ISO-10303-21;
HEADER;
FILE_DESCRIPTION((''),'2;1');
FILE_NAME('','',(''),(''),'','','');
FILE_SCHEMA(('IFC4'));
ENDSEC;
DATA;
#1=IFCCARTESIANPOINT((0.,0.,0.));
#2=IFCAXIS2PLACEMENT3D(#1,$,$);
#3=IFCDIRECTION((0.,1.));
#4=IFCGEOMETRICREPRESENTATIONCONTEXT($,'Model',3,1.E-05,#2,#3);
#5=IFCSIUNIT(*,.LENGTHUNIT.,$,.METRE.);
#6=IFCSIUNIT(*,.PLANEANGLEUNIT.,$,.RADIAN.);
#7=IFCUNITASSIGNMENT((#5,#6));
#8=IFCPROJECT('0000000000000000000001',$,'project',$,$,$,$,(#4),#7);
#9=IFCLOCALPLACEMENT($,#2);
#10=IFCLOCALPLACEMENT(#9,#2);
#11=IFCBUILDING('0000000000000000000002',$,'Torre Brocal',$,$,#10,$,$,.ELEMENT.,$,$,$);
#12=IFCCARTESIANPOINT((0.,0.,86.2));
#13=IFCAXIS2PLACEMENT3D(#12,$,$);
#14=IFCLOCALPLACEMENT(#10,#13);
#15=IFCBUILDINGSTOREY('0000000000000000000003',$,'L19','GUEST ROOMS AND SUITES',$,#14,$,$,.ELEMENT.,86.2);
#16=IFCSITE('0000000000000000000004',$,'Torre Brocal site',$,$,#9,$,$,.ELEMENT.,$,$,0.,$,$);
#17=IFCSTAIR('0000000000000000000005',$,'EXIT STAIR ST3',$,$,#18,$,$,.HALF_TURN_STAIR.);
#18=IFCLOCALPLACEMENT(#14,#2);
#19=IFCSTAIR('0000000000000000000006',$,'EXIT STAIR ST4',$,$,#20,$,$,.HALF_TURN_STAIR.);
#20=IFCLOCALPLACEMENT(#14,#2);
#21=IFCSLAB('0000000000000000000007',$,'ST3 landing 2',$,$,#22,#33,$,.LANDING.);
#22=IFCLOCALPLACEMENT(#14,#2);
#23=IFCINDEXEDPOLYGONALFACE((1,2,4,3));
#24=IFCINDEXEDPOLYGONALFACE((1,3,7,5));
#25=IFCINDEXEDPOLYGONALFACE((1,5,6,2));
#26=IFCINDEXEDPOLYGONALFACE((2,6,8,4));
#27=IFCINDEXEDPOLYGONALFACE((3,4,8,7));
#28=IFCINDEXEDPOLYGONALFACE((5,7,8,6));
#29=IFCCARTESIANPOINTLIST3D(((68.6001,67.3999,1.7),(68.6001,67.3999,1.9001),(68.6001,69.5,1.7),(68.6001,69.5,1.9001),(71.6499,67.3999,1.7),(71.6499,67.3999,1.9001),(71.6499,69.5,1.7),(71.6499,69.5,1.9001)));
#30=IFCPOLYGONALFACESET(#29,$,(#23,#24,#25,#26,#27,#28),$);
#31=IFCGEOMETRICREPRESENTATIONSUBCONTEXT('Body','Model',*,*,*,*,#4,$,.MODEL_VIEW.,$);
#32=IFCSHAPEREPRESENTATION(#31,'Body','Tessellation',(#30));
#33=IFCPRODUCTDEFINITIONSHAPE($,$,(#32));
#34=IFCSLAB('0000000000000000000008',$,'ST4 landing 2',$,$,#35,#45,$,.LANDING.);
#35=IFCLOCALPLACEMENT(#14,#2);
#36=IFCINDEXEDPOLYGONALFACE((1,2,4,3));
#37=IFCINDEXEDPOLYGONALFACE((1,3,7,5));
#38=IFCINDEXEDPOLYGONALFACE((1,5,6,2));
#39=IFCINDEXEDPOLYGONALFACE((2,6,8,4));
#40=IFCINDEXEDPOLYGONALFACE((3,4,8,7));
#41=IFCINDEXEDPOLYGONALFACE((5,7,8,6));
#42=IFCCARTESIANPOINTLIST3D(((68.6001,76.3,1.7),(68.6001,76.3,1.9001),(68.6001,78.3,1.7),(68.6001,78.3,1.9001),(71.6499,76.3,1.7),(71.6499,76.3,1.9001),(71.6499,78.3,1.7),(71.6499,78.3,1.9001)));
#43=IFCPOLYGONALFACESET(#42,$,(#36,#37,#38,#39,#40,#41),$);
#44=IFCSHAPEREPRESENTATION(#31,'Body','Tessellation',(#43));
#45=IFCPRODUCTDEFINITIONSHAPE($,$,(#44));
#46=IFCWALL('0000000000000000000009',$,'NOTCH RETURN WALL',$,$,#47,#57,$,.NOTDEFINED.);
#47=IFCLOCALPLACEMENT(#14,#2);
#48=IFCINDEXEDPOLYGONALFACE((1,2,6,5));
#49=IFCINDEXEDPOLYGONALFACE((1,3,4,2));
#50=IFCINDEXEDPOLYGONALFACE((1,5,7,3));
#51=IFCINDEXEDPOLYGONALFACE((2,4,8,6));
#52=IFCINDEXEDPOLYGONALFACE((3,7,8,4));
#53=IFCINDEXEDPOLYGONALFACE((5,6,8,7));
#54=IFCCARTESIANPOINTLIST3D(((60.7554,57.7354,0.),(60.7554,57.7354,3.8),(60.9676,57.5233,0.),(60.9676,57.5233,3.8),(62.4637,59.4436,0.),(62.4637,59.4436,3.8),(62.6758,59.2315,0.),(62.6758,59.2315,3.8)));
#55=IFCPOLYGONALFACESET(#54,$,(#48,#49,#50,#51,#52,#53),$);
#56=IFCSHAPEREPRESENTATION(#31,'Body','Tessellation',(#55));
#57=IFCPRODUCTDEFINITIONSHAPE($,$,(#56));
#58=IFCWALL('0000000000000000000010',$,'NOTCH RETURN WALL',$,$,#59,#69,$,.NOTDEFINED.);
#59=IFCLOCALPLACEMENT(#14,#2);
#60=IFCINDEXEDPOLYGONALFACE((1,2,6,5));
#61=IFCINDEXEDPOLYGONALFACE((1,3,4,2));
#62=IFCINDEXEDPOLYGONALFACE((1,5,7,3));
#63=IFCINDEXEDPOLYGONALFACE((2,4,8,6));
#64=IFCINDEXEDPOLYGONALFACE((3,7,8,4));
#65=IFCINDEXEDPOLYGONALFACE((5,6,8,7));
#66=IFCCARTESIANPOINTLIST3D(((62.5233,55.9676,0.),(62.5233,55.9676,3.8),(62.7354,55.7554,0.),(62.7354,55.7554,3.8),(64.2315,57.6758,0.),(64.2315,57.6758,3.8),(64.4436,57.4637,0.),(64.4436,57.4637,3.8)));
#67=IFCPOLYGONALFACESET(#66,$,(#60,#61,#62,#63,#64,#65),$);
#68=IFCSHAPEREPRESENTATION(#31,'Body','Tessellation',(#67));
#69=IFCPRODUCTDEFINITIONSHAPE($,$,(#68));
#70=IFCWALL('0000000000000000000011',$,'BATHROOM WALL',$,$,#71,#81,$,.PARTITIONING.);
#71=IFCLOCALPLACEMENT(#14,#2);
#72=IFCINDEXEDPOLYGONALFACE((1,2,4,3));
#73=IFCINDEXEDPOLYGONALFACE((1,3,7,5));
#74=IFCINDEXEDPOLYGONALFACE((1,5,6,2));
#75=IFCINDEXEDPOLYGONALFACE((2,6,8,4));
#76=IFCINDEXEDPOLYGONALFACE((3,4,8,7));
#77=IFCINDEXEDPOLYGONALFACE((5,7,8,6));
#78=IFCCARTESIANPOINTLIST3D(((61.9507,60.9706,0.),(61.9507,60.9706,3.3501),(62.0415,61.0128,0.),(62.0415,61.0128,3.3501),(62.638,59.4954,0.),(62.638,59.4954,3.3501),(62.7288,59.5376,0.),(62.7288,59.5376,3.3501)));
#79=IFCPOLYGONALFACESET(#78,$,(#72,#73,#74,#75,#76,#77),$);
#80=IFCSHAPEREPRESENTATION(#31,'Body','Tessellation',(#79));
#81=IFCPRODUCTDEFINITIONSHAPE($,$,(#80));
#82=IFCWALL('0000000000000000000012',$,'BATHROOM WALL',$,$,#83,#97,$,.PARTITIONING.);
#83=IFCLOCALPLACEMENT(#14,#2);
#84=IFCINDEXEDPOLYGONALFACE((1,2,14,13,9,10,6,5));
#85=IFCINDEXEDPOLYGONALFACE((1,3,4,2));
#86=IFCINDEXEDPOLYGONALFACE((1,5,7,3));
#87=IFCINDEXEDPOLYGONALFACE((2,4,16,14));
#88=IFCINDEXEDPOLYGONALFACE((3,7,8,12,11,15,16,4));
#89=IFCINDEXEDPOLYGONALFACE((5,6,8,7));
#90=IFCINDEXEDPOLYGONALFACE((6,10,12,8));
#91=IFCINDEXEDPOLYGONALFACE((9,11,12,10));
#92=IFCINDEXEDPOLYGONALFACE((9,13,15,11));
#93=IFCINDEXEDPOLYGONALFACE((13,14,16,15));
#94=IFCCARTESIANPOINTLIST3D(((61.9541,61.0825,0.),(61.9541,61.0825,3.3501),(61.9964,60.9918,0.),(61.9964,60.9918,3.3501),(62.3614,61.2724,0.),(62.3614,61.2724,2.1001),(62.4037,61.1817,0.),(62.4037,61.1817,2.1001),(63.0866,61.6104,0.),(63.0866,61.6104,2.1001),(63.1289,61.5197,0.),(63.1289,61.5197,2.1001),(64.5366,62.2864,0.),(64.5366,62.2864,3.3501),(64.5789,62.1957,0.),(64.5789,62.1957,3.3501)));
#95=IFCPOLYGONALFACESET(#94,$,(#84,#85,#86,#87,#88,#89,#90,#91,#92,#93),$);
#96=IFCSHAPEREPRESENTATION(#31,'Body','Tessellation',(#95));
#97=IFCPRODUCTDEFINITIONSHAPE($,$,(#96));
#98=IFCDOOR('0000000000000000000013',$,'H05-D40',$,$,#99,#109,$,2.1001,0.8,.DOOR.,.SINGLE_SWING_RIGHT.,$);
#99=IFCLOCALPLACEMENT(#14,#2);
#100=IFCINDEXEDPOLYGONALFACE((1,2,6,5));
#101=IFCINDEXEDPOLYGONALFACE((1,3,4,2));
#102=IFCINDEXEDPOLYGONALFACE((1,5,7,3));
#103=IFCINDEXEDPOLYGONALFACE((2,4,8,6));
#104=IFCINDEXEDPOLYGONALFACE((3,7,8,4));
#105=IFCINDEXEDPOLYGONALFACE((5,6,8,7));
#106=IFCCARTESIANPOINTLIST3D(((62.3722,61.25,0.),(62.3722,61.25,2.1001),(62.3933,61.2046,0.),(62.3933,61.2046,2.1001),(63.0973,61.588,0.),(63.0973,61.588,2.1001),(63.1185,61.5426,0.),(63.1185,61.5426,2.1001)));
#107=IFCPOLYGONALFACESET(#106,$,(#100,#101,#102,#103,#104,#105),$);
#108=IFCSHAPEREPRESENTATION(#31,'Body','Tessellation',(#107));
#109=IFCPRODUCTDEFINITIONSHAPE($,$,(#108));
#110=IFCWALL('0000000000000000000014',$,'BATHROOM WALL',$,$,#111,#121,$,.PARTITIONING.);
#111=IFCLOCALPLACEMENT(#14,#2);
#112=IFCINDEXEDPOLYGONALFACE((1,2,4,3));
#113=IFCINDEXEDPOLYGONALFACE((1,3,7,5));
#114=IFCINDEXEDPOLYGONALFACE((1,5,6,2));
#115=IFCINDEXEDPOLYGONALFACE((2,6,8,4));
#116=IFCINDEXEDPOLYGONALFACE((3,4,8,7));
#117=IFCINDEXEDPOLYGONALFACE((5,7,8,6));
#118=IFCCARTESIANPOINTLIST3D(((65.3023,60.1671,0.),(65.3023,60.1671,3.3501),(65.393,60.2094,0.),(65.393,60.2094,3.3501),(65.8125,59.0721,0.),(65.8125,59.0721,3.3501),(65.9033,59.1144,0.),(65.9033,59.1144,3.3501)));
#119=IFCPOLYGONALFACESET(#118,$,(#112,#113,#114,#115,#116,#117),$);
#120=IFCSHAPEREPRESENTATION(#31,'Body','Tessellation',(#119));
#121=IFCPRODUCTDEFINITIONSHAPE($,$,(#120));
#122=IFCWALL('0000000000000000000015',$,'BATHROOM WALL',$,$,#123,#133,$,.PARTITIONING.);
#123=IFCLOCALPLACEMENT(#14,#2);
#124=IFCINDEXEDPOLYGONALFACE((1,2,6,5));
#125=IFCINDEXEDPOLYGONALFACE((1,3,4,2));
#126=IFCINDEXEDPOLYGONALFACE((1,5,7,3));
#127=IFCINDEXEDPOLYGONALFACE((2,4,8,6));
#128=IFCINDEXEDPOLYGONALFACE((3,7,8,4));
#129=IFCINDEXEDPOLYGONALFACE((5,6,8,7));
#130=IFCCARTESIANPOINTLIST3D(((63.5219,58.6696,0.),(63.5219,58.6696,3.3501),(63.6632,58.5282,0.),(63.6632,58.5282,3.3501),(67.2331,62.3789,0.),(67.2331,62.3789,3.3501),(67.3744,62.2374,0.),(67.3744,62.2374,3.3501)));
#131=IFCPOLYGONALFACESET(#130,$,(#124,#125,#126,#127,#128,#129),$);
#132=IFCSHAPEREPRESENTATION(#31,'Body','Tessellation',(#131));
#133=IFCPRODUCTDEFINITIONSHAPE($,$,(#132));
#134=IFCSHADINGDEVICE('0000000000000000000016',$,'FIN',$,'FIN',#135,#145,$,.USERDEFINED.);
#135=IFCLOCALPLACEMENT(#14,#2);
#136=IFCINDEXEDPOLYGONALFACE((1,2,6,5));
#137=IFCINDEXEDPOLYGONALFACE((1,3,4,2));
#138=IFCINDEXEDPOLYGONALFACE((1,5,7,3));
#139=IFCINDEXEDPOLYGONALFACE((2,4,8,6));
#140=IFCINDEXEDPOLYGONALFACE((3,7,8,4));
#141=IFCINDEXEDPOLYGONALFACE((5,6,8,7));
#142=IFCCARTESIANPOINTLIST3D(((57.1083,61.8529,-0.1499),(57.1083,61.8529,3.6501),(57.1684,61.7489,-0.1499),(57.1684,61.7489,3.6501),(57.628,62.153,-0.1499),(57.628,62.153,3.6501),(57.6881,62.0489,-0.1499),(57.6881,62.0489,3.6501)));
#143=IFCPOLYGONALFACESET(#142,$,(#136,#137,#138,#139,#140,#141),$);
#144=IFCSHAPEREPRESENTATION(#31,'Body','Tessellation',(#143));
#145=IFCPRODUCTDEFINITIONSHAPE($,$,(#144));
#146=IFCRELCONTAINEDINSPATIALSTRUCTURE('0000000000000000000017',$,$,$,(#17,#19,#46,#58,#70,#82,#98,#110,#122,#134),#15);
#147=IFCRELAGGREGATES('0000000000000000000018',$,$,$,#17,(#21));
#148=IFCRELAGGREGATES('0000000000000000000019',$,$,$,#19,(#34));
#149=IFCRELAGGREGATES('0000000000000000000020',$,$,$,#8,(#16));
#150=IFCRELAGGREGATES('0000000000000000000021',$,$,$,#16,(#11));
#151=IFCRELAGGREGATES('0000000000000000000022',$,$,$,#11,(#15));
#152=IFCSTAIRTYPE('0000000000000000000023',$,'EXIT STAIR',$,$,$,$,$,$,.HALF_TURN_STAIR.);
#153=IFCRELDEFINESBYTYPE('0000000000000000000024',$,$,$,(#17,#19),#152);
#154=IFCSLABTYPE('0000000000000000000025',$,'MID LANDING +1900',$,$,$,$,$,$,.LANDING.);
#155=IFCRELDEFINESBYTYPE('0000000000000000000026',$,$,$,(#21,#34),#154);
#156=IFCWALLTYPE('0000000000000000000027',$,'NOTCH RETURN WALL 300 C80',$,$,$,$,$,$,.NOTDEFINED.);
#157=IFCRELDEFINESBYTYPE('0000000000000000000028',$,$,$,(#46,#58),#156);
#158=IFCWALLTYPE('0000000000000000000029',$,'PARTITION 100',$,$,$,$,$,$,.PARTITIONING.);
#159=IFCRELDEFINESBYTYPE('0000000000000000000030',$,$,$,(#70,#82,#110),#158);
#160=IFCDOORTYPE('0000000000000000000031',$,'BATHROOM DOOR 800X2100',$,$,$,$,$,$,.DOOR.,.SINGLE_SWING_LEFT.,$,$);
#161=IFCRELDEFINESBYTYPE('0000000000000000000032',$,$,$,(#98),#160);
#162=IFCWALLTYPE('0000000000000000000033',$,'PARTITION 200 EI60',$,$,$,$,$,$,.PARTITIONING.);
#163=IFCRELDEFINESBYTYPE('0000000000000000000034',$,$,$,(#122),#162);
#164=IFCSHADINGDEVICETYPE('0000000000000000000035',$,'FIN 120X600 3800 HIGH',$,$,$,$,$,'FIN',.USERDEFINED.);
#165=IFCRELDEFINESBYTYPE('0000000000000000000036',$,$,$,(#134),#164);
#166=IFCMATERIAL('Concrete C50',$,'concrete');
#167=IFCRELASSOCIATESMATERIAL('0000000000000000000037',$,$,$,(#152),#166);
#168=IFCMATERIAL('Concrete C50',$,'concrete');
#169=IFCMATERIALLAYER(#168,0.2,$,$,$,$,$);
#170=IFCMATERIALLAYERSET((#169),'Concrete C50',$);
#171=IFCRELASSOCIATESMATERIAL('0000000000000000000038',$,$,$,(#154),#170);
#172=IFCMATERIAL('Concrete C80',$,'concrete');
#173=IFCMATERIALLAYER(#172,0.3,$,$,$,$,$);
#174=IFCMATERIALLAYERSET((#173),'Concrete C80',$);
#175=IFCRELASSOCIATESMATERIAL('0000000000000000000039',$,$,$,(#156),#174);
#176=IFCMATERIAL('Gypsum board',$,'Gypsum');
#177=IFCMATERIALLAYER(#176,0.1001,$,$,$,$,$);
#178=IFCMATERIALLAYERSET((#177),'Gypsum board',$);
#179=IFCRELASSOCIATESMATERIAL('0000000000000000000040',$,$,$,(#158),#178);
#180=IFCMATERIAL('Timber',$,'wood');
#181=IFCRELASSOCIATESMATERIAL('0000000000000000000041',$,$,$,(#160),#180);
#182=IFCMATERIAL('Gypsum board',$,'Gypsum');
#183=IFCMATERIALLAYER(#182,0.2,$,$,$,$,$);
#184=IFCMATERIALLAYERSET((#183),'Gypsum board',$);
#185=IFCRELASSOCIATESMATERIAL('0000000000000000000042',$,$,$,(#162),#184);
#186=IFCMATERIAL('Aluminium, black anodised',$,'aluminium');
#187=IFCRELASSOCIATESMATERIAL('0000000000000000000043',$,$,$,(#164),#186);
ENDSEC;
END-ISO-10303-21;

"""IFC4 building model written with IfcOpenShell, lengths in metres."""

from ifc_helpers import new_model, si_unit, direction, frame, frame_2d, origin, origin_2d, place, context, subcontext, project, spatial, polyline, rectangle, outline, extrude, material, layer, layer_set, material_profile, profile_set, type_object, element, fill, aggregate, save


model = new_model("IFC4")

# Units and contexts
model_context = context("Model", 3, precision=1e-05, world=origin(), true_north=direction((0.0, 1.0)))
body_context = subcontext(model_context, "Body", "Model", "MODEL_VIEW")
ifc_project = project(units=[si_unit("LENGTHUNIT", "METRE"), si_unit("PLANEANGLEUNIT", "RADIAN")], contexts=[model_context])

# Site, building, storey
site_placement = place(None, origin())
site = spatial("IfcSite", under=ifc_project, at=site_placement, Name="Torre Brocal site", CompositionType="ELEMENT", RefElevation=0.0)
building_placement = place(site_placement, origin())
building = spatial("IfcBuilding", under=site, at=building_placement, Name="Torre Brocal", CompositionType="ELEMENT")
storey_placement = place(building_placement, frame((0.0, 0.0, 86.2)))
storey = spatial("IfcBuildingStorey", under=building, at=storey_placement, Name="L19", Description="GUEST ROOMS AND SUITES", CompositionType="ELEMENT", Elevation=86.2)

# Stairs
ifc_material_1 = material(Name="Concrete C50", Category="concrete")
stair_type = type_object("IfcStairType", Name="EXIT STAIR", PredefinedType="HALF_TURN_STAIR", material=ifc_material_1)
stair_1_placement = place(storey_placement, origin())
stair_1 = element("IfcStair", 1, at=stair_1_placement, inside=storey, type_object=stair_type, Name="EXIT STAIR ST3", PredefinedType="HALF_TURN_STAIR")
stair_2_placement = place(storey_placement, origin())
stair_2 = element("IfcStair", 2, at=stair_2_placement, inside=storey, type_object=stair_type, Name="EXIT STAIR ST4", PredefinedType="HALF_TURN_STAIR")

# Slabs
ifc_material_2 = material(Name="Concrete C50", Category="concrete")
ifc_layer_1 = layer(ifc_material_2, 0.2)
ifc_layer_set_1 = layer_set([ifc_layer_1], Name="Concrete C50")
slab_type_1 = type_object("IfcSlabType", Name="MID LANDING +1900", PredefinedType="LANDING", material=ifc_layer_set_1)
slab_1_placement = place(storey_placement, frame((0.0, 0.0, 1.7)))
slab_1 = element("IfcSlab", 3, at=slab_1_placement, type_object=slab_type_1, Name="ST3 landing 2", PredefinedType="LANDING", context=body_context, shape_type="SweptSolid", body=[
    extrude(outline(polyline([(71.6499, 69.5), (68.6001, 69.5), (68.6001, 67.3999), (71.6499, 67.3999), (71.6499, 69.5)])), origin(), (0.0, 0.0, 1.0), 0.2002),
])
aggregate(stair_1, [slab_1])
slab_2_placement = place(storey_placement, frame((0.0, 0.0, 1.7)))
slab_2 = element("IfcSlab", 4, at=slab_2_placement, type_object=slab_type_1, Name="ST4 landing 2", PredefinedType="LANDING", context=body_context, shape_type="SweptSolid", body=[
    extrude(outline(polyline([(71.6499, 78.3), (68.6001, 78.3), (68.6001, 76.3), (71.6499, 76.3), (71.6499, 78.3)])), origin(), (0.0, 0.0, 1.0), 0.2002),
])
aggregate(stair_2, [slab_2])

# Walls
ifc_material_3 = material(Name="Concrete C80", Category="concrete")
ifc_layer_2 = layer(ifc_material_3, 0.3)
ifc_layer_set_2 = layer_set([ifc_layer_2], Name="Concrete C80")
wall_type_1 = type_object("IfcWallType", Name="NOTCH RETURN WALL 300 C80", PredefinedType="NOTDEFINED", material=ifc_layer_set_2)
for number, where, z_axis, x_axis, name in (
    (5, (62.5698, 59.3376, 0.0), (0.0, 0.0, 1.0), (-0.707107, -0.707107, 0.0), "NOTCH RETURN WALL"),
    (6, (64.3376, 57.5698, 0.0), (0.0, 0.0, 1.0), (-0.707107, -0.707107, 0.0), "NOTCH RETURN WALL"),
):
    element("IfcWall", number, at=place(storey_placement, frame(where, z_axis=z_axis, x_axis=x_axis)), inside=storey, type_object=wall_type_1, Name=name, PredefinedType="NOTDEFINED", context=body_context, shape_type="SweptSolid", body=[
        extrude(rectangle(XDim=2.4158, YDim=0.3, at=frame_2d((1.208, 0.0))), origin(), (0.0, 0.0, 1.0), 3.8),
    ])
ifc_material_4 = material(Name="Gypsum board", Category="Gypsum")
ifc_layer_3 = layer(ifc_material_4, 0.1001)
ifc_layer_set_3 = layer_set([ifc_layer_3], Name="Gypsum board")
wall_type_2 = type_object("IfcWallType", Name="PARTITION 100", PredefinedType="PARTITIONING", material=ifc_layer_set_3)
wall_1_placement = place(storey_placement, frame((61.9961, 60.9917, 0.0), z_axis=(0.0, 0.0, 1.0), x_axis=(0.422319, -0.906447, 0.0)))
element("IfcWall", 7, at=wall_1_placement, inside=storey, type_object=wall_type_2, Name="BATHROOM WALL", PredefinedType="PARTITIONING", context=body_context, shape_type="SweptSolid", body=[
    extrude(rectangle(XDim=1.6274, YDim=0.1001, at=frame_2d((0.8137, 0.0))), origin(), (0.0, 0.0, 1.0), 3.3501),
])

# Wall, opening, door
wall_2_placement = place(storey_placement, frame((61.9751, 61.0371, 0.0), z_axis=(0.0, 0.0, 1.0), x_axis=(0.90636, 0.422505, 0.0)))
wall_2 = element("IfcWall", 8, at=wall_2_placement, inside=storey, type_object=wall_type_2, Name="BATHROOM WALL", PredefinedType="PARTITIONING", context=body_context, shape_type="SweptSolid", body=[
    extrude(rectangle(XDim=2.8494, YDim=0.1001, at=frame_2d((1.4248, 0.0))), origin(), (0.0, 0.0, 1.0), 3.3501),
])
opening_placement = place(wall_2_placement, frame((0.4497, 0.0, 0.0)))
opening = element("IfcOpeningElement", 9, at=opening_placement, cuts=wall_2, PredefinedType="OPENING", context=body_context, shape_type="SweptSolid", body=[
    extrude(rectangle(XDim=0.8, YDim=2.1001, at=frame_2d((0.3999, 1.05))), frame((0.0, 0.0601, 0.0), z_axis=(0.0, -1.0, 0.0), x_axis=(1.0, 0.0, 0.0)), (0.0, 0.0, 1.0), 0.1201),
])
ifc_material_5 = material(Name="Timber", Category="wood")
door_type = type_object("IfcDoorType", Name="BATHROOM DOOR 800X2100", OperationType="SINGLE_SWING_LEFT", PredefinedType="DOOR", material=ifc_material_5)
door_placement = place(opening_placement, frame((0.8, 0.0, 0.0), z_axis=(0.0, 0.0, 1.0), x_axis=(-1.0, 0.0, 0.0)))
door = element("IfcDoor", 10, at=door_placement, inside=storey, type_object=door_type, Name="H05-D40", OperationType="SINGLE_SWING_RIGHT", OverallHeight=2.1001, OverallWidth=0.8, PredefinedType="DOOR", context=body_context, shape_type="SweptSolid", body=[
    extrude(rectangle(XDim=0.8, YDim=2.1001, at=frame_2d((0.3999, 1.05))), frame((0.0, 0.0249, 0.0), z_axis=(0.0, -1.0, 0.0), x_axis=(1.0, 0.0, 0.0)), (0.0, 0.0, 1.0), 0.05),
])
fill(opening, door)

# Walls
wall_3_placement = place(storey_placement, frame((65.3477, 60.1882, 0.0), z_axis=(0.0, 0.0, 1.0), x_axis=(0.422388, -0.906415, 0.0)))
element("IfcWall", 11, at=wall_3_placement, inside=storey, type_object=wall_type_2, Name="BATHROOM WALL", PredefinedType="PARTITIONING", context=body_context, shape_type="SweptSolid", body=[
    extrude(rectangle(XDim=1.208, YDim=0.1001, at=frame_2d((0.604, 0.0))), origin(), (0.0, 0.0, 1.0), 3.3501),
])
ifc_material_6 = material(Name="Gypsum board", Category="Gypsum")
ifc_layer_4 = layer(ifc_material_6, 0.2)
ifc_layer_set_4 = layer_set([ifc_layer_4], Name="Gypsum board")
wall_type_3 = type_object("IfcWallType", Name="PARTITION 200 EI60", PredefinedType="PARTITIONING", material=ifc_layer_set_4)
wall_4_placement = place(storey_placement, frame((63.5925, 58.5989, 0.0), z_axis=(0.0, 0.0, 1.0), x_axis=(0.707293, 0.706921, 0.0)))
element("IfcWall", 12, at=wall_4_placement, inside=storey, type_object=wall_type_3, Name="BATHROOM WALL", PredefinedType="PARTITIONING", context=body_context, shape_type="SweptSolid", body=[
    extrude(rectangle(XDim=5.2471, YDim=0.2, at=frame_2d((2.6235, 0.0))), origin(), (0.0, 0.0, 1.0), 3.3501),
])

# Shading device
ifc_material_7 = material(Name="Aluminium, black anodised", Category="aluminium")
ifc_material_profile_1 = material_profile(ifc_material_7, rectangle(XDim=0.1201, YDim=0.6001, at=origin_2d()), Name="FIN 120X600 3800 HIGH")
ifc_profile_set_1 = profile_set([ifc_material_profile_1], Name="Aluminium, black anodised")
shading_device_type = type_object("IfcShadingDeviceType", Name="FIN 120X600 3800 HIGH", ElementType="FIN", PredefinedType="USERDEFINED", material=ifc_profile_set_1)
shading_device_placement = place(storey_placement, frame((57.3982, 61.9509, -0.1499), z_axis=(0.0, 0.0, 1.0), x_axis=(0.5, -0.866025, 0.0)))
element("IfcShadingDevice", 13, at=shading_device_placement, inside=storey, type_object=shading_device_type, Name="FIN", ObjectType="FIN", PredefinedType="USERDEFINED", context=body_context, shape_type="SweptSolid", body=[
    extrude(rectangle(XDim=0.1201, YDim=0.6001, at=origin_2d()), origin(), (0.0, 0.0, 1.0), 3.8),
])

save(model, "model.ifc")
